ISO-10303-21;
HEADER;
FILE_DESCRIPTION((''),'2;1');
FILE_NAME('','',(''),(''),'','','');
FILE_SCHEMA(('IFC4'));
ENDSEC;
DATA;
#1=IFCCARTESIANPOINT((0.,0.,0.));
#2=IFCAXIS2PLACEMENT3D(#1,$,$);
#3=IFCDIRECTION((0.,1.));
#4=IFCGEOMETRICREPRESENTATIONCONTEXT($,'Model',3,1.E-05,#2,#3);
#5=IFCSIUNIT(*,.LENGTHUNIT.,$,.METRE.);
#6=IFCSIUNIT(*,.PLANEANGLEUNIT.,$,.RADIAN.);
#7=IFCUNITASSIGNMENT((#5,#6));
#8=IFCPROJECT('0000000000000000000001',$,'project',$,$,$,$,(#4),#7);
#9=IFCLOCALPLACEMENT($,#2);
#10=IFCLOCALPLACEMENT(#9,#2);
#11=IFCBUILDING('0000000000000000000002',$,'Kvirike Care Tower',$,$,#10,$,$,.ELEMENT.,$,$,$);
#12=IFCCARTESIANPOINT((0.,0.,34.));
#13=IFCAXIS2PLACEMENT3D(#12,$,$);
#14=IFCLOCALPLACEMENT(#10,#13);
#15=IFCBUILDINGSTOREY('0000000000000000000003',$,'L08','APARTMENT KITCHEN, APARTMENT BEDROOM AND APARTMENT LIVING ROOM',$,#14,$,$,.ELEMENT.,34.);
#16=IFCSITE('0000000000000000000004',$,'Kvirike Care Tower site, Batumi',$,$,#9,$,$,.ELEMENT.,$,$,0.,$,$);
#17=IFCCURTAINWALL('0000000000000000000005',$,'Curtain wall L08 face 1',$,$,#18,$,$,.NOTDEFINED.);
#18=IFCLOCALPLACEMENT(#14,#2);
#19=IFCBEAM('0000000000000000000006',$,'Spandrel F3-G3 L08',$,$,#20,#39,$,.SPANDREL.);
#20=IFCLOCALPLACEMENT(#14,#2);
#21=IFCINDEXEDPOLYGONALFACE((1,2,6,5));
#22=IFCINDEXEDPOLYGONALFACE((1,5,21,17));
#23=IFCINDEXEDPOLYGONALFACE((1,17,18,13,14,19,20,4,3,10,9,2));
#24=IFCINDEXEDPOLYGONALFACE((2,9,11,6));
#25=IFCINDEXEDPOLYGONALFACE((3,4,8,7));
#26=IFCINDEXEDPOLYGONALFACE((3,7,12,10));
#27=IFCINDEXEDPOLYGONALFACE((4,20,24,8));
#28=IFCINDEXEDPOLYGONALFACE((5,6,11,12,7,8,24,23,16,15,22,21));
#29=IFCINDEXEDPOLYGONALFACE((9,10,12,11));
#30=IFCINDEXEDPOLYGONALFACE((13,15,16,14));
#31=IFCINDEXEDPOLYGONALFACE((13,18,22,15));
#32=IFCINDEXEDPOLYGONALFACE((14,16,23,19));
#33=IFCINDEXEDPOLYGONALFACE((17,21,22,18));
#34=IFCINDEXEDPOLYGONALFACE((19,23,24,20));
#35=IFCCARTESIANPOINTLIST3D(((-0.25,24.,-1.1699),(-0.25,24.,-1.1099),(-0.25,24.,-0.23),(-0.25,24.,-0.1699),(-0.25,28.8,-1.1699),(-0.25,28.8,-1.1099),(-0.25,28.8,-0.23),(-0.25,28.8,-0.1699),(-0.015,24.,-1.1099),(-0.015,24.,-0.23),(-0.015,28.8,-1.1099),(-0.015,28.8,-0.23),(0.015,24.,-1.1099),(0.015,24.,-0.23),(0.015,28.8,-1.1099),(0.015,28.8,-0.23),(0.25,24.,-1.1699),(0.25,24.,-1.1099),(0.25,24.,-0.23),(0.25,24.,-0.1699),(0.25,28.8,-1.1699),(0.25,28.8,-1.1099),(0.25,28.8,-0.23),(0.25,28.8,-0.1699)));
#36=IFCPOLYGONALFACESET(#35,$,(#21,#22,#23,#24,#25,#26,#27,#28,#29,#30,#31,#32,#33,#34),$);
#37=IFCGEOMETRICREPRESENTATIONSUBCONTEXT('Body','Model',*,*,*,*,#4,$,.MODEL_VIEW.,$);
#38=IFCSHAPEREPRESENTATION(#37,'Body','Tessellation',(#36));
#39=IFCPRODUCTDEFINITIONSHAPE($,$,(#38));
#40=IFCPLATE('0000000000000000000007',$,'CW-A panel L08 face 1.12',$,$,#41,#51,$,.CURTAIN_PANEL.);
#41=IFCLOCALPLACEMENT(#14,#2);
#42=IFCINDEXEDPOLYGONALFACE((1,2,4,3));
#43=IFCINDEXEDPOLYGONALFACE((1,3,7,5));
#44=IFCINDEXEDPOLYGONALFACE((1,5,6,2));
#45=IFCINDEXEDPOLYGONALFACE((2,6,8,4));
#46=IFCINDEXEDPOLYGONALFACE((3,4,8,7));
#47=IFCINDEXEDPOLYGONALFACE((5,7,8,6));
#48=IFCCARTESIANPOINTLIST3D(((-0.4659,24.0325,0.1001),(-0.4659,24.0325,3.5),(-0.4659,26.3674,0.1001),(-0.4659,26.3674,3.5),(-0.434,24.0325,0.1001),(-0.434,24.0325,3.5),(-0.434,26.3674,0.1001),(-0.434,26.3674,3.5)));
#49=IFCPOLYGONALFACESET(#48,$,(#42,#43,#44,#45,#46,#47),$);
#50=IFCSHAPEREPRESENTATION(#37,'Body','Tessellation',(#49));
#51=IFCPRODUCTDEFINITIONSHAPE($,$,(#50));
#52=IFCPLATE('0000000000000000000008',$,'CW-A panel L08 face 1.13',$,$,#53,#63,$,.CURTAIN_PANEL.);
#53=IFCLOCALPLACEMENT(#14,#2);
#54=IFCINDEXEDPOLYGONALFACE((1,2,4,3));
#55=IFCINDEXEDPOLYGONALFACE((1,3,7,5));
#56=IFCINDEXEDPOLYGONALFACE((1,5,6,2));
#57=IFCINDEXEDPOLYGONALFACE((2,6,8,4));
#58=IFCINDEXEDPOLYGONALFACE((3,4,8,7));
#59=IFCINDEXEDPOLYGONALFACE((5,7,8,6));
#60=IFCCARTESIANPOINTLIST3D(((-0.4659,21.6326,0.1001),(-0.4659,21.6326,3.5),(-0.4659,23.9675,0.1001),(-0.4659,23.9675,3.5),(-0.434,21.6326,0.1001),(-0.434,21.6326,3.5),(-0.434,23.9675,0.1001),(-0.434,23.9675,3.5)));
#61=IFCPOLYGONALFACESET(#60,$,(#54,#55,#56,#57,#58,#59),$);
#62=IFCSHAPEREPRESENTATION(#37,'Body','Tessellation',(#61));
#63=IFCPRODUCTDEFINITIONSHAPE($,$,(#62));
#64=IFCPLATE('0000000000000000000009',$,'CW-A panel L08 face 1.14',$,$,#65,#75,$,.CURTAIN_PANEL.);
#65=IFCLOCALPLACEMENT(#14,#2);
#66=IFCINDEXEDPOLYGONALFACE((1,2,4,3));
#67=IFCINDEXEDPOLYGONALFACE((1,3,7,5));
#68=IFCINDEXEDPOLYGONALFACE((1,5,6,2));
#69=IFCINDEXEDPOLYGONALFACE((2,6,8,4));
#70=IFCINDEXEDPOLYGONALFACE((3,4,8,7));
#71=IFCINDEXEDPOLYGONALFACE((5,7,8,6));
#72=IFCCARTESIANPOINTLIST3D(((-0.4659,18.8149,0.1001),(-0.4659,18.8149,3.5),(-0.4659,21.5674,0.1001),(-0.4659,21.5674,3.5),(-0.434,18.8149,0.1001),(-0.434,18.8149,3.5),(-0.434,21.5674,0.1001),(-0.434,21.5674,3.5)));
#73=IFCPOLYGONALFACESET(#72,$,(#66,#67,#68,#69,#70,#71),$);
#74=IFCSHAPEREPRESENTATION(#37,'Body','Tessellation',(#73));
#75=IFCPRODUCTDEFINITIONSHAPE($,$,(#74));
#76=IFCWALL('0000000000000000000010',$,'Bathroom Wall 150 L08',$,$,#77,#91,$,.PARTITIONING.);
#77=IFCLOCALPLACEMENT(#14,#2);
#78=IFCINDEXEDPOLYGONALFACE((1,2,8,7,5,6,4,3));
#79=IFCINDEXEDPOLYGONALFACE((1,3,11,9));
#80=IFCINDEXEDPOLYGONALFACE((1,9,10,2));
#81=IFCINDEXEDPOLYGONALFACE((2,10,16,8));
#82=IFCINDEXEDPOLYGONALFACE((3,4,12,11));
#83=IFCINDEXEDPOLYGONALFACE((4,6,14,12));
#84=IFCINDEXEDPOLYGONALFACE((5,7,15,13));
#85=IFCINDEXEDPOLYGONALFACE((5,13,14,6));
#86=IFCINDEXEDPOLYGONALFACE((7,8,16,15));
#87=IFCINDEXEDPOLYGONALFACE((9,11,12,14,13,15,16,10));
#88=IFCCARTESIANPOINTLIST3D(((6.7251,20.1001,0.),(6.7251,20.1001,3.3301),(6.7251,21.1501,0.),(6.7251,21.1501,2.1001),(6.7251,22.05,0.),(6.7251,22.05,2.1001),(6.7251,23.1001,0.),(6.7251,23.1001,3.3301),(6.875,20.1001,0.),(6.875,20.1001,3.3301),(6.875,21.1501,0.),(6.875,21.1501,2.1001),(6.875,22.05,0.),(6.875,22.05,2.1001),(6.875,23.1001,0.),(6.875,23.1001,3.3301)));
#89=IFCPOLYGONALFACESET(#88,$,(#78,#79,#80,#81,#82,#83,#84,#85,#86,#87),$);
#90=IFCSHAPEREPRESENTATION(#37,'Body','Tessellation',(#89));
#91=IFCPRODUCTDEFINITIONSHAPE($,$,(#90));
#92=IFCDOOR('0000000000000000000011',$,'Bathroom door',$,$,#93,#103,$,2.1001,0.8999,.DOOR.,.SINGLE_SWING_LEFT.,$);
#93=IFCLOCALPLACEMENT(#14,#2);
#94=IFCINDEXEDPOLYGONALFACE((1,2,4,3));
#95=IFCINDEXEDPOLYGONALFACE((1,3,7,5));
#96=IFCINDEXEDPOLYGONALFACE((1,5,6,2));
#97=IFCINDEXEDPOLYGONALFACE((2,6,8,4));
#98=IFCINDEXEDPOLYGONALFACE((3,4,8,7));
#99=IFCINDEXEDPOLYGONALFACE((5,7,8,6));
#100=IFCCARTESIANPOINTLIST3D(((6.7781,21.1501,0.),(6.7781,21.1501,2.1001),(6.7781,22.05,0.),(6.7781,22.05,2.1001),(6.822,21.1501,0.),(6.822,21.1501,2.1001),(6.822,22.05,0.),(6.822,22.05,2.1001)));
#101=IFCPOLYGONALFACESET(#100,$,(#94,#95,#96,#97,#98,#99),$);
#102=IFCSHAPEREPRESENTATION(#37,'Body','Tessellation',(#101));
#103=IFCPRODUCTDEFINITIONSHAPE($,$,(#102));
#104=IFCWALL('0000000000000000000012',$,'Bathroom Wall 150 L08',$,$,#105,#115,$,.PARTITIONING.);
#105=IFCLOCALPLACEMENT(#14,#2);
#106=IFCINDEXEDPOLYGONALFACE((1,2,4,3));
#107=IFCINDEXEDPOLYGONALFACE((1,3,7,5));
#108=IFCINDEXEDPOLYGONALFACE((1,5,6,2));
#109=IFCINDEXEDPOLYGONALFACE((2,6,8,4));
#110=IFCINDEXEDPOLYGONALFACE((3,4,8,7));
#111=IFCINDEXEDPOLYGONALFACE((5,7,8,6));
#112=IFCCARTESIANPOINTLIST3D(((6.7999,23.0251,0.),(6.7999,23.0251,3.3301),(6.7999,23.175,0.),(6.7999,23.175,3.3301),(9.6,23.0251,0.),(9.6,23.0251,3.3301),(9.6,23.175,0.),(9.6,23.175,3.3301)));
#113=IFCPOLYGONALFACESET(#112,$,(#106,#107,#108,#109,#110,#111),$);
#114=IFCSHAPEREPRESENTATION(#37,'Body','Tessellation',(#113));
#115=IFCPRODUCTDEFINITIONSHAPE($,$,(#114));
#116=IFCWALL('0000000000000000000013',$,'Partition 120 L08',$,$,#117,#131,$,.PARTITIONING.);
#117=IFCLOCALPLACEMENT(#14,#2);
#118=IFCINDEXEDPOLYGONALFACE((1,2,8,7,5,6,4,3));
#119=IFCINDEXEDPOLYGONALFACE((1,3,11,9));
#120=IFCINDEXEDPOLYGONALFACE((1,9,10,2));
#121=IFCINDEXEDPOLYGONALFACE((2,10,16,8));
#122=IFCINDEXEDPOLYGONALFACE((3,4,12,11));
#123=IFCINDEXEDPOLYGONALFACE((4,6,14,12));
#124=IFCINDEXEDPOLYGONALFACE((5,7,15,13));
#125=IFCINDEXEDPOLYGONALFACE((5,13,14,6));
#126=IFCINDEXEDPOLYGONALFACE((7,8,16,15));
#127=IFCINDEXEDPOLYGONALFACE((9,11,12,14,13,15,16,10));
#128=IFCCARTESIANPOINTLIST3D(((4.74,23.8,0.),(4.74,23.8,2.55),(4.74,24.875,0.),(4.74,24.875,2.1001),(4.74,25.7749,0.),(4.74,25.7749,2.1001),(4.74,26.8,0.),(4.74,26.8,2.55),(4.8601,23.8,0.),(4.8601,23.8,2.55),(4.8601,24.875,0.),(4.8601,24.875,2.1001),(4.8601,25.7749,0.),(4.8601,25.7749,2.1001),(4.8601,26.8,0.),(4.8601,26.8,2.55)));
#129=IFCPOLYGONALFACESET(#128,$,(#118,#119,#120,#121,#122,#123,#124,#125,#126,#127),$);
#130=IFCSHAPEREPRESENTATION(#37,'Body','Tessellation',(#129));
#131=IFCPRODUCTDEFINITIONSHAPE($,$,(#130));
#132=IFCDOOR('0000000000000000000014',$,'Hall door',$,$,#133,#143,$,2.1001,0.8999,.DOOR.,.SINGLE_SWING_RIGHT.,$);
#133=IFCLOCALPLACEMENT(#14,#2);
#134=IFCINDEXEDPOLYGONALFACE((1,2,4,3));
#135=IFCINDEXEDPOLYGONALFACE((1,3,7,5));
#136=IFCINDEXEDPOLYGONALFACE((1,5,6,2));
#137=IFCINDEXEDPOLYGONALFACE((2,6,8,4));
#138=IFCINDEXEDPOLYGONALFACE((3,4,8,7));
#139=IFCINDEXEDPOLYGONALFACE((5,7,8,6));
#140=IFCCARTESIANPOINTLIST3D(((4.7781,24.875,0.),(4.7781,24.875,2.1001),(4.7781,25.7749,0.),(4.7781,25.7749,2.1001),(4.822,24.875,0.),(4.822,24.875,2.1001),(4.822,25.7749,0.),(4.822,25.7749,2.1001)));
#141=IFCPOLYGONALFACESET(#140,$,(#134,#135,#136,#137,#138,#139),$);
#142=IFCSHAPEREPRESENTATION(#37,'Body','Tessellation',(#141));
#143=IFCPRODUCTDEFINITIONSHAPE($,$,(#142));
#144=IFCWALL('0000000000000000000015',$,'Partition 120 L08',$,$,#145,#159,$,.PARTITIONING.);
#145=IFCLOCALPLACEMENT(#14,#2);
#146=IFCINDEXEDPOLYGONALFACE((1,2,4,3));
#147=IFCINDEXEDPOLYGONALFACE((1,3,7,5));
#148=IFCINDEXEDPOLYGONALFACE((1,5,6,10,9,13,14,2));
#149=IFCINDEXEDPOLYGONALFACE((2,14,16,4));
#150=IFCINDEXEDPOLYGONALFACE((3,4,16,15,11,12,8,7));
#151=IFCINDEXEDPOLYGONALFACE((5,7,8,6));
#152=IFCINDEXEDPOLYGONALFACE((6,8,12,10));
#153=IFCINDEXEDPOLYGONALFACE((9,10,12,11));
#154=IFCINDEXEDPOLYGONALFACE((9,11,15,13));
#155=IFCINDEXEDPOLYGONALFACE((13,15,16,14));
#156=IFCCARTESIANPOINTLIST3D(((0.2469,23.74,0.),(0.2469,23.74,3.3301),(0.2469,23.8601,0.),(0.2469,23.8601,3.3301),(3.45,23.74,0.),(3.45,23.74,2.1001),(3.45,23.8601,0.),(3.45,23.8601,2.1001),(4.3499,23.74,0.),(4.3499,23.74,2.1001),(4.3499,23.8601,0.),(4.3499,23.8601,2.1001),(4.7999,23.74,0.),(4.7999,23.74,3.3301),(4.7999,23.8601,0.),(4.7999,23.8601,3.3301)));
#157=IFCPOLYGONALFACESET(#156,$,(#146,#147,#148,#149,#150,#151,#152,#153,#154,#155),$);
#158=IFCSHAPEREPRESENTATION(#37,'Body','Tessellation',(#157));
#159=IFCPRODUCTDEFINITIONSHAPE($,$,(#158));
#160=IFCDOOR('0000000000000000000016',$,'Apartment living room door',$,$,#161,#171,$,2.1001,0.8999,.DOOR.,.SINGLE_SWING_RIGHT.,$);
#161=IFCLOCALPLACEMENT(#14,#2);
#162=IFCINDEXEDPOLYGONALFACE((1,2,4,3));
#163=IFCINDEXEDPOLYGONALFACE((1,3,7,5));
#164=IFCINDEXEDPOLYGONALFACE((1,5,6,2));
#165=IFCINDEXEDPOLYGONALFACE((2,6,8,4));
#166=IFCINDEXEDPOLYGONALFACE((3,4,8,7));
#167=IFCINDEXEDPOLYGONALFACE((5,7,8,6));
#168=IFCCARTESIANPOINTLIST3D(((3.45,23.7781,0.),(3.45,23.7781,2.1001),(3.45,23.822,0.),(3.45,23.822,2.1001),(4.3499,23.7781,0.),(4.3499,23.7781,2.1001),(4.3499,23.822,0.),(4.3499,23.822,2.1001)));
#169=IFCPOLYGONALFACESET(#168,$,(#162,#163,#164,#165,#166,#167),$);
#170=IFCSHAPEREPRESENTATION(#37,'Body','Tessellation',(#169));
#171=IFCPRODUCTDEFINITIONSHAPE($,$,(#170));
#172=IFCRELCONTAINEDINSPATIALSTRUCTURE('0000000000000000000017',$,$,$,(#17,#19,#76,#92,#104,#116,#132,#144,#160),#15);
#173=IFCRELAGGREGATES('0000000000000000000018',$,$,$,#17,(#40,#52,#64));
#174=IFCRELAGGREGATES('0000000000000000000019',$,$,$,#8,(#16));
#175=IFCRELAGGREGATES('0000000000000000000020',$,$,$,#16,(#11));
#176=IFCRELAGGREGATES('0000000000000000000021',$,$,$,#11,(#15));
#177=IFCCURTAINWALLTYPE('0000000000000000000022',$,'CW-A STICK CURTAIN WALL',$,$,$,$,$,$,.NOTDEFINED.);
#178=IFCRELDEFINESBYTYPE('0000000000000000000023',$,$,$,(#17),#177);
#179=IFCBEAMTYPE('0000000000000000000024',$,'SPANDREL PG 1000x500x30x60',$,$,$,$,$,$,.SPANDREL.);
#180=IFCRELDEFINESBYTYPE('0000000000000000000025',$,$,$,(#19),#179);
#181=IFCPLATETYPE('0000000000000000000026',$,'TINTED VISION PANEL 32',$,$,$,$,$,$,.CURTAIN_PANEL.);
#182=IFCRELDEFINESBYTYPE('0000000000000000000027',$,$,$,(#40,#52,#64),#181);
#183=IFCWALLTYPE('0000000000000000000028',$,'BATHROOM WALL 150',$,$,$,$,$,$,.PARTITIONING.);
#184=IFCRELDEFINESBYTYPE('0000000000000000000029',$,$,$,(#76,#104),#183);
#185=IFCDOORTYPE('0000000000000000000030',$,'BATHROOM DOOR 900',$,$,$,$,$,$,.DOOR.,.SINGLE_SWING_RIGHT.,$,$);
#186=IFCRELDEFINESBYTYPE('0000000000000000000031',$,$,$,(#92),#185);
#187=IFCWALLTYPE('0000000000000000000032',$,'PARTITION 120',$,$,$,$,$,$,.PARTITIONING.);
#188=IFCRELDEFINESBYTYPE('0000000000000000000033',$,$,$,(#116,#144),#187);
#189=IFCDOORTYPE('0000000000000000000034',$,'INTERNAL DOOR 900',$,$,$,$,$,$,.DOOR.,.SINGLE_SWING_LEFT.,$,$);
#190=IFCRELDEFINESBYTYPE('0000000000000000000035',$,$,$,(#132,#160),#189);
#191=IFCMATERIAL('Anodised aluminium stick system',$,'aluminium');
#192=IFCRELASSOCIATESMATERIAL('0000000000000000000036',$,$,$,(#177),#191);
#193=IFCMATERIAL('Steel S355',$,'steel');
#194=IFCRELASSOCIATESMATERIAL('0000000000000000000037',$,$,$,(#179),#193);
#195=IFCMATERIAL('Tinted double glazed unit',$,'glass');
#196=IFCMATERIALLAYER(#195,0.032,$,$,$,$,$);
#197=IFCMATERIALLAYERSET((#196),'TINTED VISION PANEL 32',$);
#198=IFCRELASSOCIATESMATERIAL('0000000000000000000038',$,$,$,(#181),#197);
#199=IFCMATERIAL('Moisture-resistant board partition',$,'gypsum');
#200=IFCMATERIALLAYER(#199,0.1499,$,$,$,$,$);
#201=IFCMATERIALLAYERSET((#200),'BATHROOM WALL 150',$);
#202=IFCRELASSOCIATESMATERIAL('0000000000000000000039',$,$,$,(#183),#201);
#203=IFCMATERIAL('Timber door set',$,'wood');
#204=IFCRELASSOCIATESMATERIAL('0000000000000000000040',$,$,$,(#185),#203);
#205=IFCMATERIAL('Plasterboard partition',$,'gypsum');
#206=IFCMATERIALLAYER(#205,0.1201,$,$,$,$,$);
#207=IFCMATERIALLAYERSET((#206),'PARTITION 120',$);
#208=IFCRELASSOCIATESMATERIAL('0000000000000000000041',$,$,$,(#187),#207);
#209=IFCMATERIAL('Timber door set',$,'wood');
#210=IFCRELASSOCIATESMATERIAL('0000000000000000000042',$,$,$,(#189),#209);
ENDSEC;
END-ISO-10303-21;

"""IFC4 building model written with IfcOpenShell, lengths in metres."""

from ifc_helpers import new_model, si_unit, direction, frame, frame_2d, origin, origin_2d, place, context, subcontext, project, spatial, rectangle, i_section, extrude, material, layer, layer_set, material_profile, profile_set, type_object, element, fill, aggregate, save


model = new_model("IFC4")

# Units and contexts
model_context = context("Model", 3, precision=1e-05, world=origin(), true_north=direction((0.0, 1.0)))
body_context = subcontext(model_context, "Body", "Model", "MODEL_VIEW")
ifc_project = project(units=[si_unit("LENGTHUNIT", "METRE"), si_unit("PLANEANGLEUNIT", "RADIAN")], contexts=[model_context])

# Site, building, storey
site_placement = place(None, origin())
site = spatial("IfcSite", under=ifc_project, at=site_placement, Name="Kvirike Care Tower site, Batumi", CompositionType="ELEMENT", RefElevation=0.0)
building_placement = place(site_placement, origin())
building = spatial("IfcBuilding", under=site, at=building_placement, Name="Kvirike Care Tower", CompositionType="ELEMENT")
storey_placement = place(building_placement, frame((0.0, 0.0, 34.0)))
storey = spatial("IfcBuildingStorey", under=building, at=storey_placement, Name="L08", Description="APARTMENT KITCHEN, APARTMENT BEDROOM AND APARTMENT LIVING ROOM", CompositionType="ELEMENT", Elevation=34.0)

# Curtain wall
ifc_material_1 = material(Name="Anodised aluminium stick system", Category="aluminium")
curtain_wall_type = type_object("IfcCurtainWallType", Name="CW-A STICK CURTAIN WALL", PredefinedType="NOTDEFINED", material=ifc_material_1)
curtain_wall_placement = place(storey_placement, origin())
curtain_wall = element("IfcCurtainWall", 1, at=curtain_wall_placement, inside=storey, type_object=curtain_wall_type, Name="Curtain wall L08 face 1", PredefinedType="NOTDEFINED")

# Beam
ifc_material_2 = material(Name="Steel S355", Category="steel")
ifc_material_profile_1 = material_profile(ifc_material_2, i_section(OverallWidth=0.5, OverallDepth=1.0, WebThickness=0.03, FlangeThickness=0.0601, at=origin_2d()), Name="PG 1000x500x30x60")
ifc_profile_set_1 = profile_set([ifc_material_profile_1], Name="Steel S355")
beam_type_1 = type_object("IfcBeamType", Name="SPANDREL PG 1000x500x30x60", PredefinedType="SPANDREL", material=ifc_profile_set_1)
beam_1_placement = place(storey_placement, frame((0.0, 24.0, -0.6699), z_axis=(0.0, 1.0, 0.0), x_axis=(-1.0, 0.0, 0.0)))
element("IfcBeam", 2, at=beam_1_placement, inside=storey, type_object=beam_type_1, Name="Spandrel F3-G3 L08", PredefinedType="SPANDREL", context=body_context, shape_type="SweptSolid", body=[
    extrude(i_section(OverallWidth=0.5, OverallDepth=1.0, WebThickness=0.03, FlangeThickness=0.0601, at=origin_2d()), origin(), (0.0, 0.0, 1.0), 4.8),
])

# Plates
ifc_material_3 = material(Name="Tinted double glazed unit", Category="glass")
ifc_layer_1 = layer(ifc_material_3, 0.032)
ifc_layer_set_1 = layer_set([ifc_layer_1], Name="TINTED VISION PANEL 32")
plate_type = type_object("IfcPlateType", Name="TINTED VISION PANEL 32", PredefinedType="CURTAIN_PANEL", material=ifc_layer_set_1)
plate_1_placement = place(storey_placement, frame((-0.45, 25.2, 0.1001), z_axis=(0.0, 0.0, 1.0), x_axis=(0.0, -1.0, 0.0)))
plate_1 = element("IfcPlate", 3, at=plate_1_placement, type_object=plate_type, Name="CW-A panel L08 face 1.12", PredefinedType="CURTAIN_PANEL", context=body_context, shape_type="SweptSolid", body=[
    extrude(rectangle(XDim=2.335, YDim=0.032, at=origin_2d()), origin(), (0.0, 0.0, 1.0), 3.3999),
])
plate_2_placement = place(storey_placement, frame((-0.45, 22.8, 0.1001), z_axis=(0.0, 0.0, 1.0), x_axis=(0.0, -1.0, 0.0)))
plate_2 = element("IfcPlate", 4, at=plate_2_placement, type_object=plate_type, Name="CW-A panel L08 face 1.13", PredefinedType="CURTAIN_PANEL", context=body_context, shape_type="SweptSolid", body=[
    extrude(rectangle(XDim=2.335, YDim=0.032, at=origin_2d()), origin(), (0.0, 0.0, 1.0), 3.3999),
])
plate_3_placement = place(storey_placement, frame((-0.45, 20.1912, 0.1001), z_axis=(0.0, 0.0, 1.0), x_axis=(0.0, -1.0, 0.0)))
plate_3 = element("IfcPlate", 5, at=plate_3_placement, type_object=plate_type, Name="CW-A panel L08 face 1.14", PredefinedType="CURTAIN_PANEL", context=body_context, shape_type="SweptSolid", body=[
    extrude(rectangle(XDim=2.7524, YDim=0.032, at=origin_2d()), origin(), (0.0, 0.0, 1.0), 3.3999),
])
aggregate(curtain_wall, [plate_1, plate_2, plate_3])

# Wall, opening, door
ifc_material_4 = material(Name="Moisture-resistant board partition", Category="gypsum")
ifc_layer_2 = layer(ifc_material_4, 0.1499)
ifc_layer_set_2 = layer_set([ifc_layer_2], Name="BATHROOM WALL 150")
wall_type_1 = type_object("IfcWallType", Name="BATHROOM WALL 150", PredefinedType="PARTITIONING", material=ifc_layer_set_2)
wall_1_placement = place(storey_placement, frame((6.8, 20.1001, 0.0), z_axis=(0.0, 0.0, 1.0), x_axis=(0.0, 1.0, 0.0)))
wall_1 = element("IfcWall", 6, at=wall_1_placement, inside=storey, type_object=wall_type_1, Name="Bathroom Wall 150 L08", PredefinedType="PARTITIONING", context=body_context, shape_type="SweptSolid", body=[
    extrude(rectangle(XDim=3.0, YDim=0.1499, at=frame_2d((1.5, 0.0))), origin(), (0.0, 0.0, 1.0), 3.3301),
])
opening_1_placement = place(wall_1_placement, frame((1.05, 0.0, 0.0)))
opening_1 = element("IfcOpeningElement", 7, at=opening_1_placement, cuts=wall_1, PredefinedType="OPENING", context=body_context, shape_type="SweptSolid", body=[
    extrude(rectangle(XDim=0.8999, YDim=2.1001, at=frame_2d((0.45, 1.05))), frame((0.0, 0.0854, 0.0), z_axis=(0.0, -1.0, 0.0), x_axis=(1.0, 0.0, 0.0)), (0.0, 0.0, 1.0), 0.1709),
])
ifc_material_5 = material(Name="Timber door set", Category="wood")
door_type_1 = type_object("IfcDoorType", Name="BATHROOM DOOR 900", OperationType="SINGLE_SWING_RIGHT", PredefinedType="DOOR", material=ifc_material_5)
door_1_placement = place(opening_1_placement, frame((0.8999, 0.0, 0.0), z_axis=(0.0, 0.0, 1.0), x_axis=(-1.0, 0.0, 0.0)))
door_1 = element("IfcDoor", 8, at=door_1_placement, inside=storey, type_object=door_type_1, Name="Bathroom door", OperationType="SINGLE_SWING_LEFT", OverallHeight=2.1001, OverallWidth=0.8999, PredefinedType="DOOR", context=body_context, shape_type="SweptSolid", body=[
    extrude(rectangle(XDim=0.8999, YDim=2.1001, at=frame_2d((0.45, 1.05))), frame((0.0, 0.022, 0.0), z_axis=(0.0, -1.0, 0.0), x_axis=(1.0, 0.0, 0.0)), (0.0, 0.0, 1.0), 0.0439),
])
fill(opening_1, door_1)

# Wall
wall_2_placement = place(storey_placement, frame((6.8, 23.1001, 0.0), z_axis=(0.0, 0.0, 1.0), x_axis=(1.0, 0.0, 0.0)))
element("IfcWall", 9, at=wall_2_placement, inside=storey, type_object=wall_type_1, Name="Bathroom Wall 150 L08", PredefinedType="PARTITIONING", context=body_context, shape_type="SweptSolid", body=[
    extrude(rectangle(XDim=2.8, YDim=0.1499, at=frame_2d((1.3999, 0.0))), origin(), (0.0, 0.0, 1.0), 3.3301),
])

# Walls, openings, doors
ifc_material_6 = material(Name="Plasterboard partition", Category="gypsum")
ifc_layer_3 = layer(ifc_material_6, 0.1201)
ifc_layer_set_3 = layer_set([ifc_layer_3], Name="PARTITION 120")
wall_type_2 = type_object("IfcWallType", Name="PARTITION 120", PredefinedType="PARTITIONING", material=ifc_layer_set_3)
wall_3_placement = place(storey_placement, frame((4.8, 23.8, 0.0), z_axis=(0.0, 0.0, 1.0), x_axis=(0.0, 1.0, 0.0)))
wall_3 = element("IfcWall", 10, at=wall_3_placement, inside=storey, type_object=wall_type_2, Name="Partition 120 L08", PredefinedType="PARTITIONING", context=body_context, shape_type="SweptSolid", body=[
    extrude(rectangle(XDim=3.0, YDim=0.1201, at=frame_2d((1.5, 0.0))), origin(), (0.0, 0.0, 1.0), 2.55),
])
opening_2_placement = place(wall_3_placement, frame((1.075, 0.0, 0.0)))
opening_2 = element("IfcOpeningElement", 11, at=opening_2_placement, cuts=wall_3, PredefinedType="OPENING", context=body_context, shape_type="SweptSolid", body=[
    extrude(rectangle(XDim=0.8999, YDim=2.1001, at=frame_2d((0.45, 1.05))), frame((0.0, 0.0706, 0.0), z_axis=(0.0, -1.0, 0.0), x_axis=(1.0, 0.0, 0.0)), (0.0, 0.0, 1.0), 0.1411),
])
ifc_material_7 = material(Name="Timber door set", Category="wood")
door_type_2 = type_object("IfcDoorType", Name="INTERNAL DOOR 900", OperationType="SINGLE_SWING_LEFT", PredefinedType="DOOR", material=ifc_material_7)
door_2_placement = place(opening_2_placement, frame((0.8999, 0.0, 0.0), z_axis=(0.0, 0.0, 1.0), x_axis=(-1.0, 0.0, 0.0)))
door_2 = element("IfcDoor", 12, at=door_2_placement, inside=storey, type_object=door_type_2, Name="Hall door", OperationType="SINGLE_SWING_RIGHT", OverallHeight=2.1001, OverallWidth=0.8999, PredefinedType="DOOR", context=body_context, shape_type="SweptSolid", body=[
    extrude(rectangle(XDim=0.8999, YDim=2.1001, at=frame_2d((0.45, 1.05))), frame((0.0, 0.022, 0.0), z_axis=(0.0, -1.0, 0.0), x_axis=(1.0, 0.0, 0.0)), (0.0, 0.0, 1.0), 0.0439),
])
fill(opening_2, door_2)
wall_4_placement = place(storey_placement, frame((0.2471, 23.8, 0.0), z_axis=(0.0, 0.0, 1.0), x_axis=(1.0, 0.0, 0.0)))
wall_4 = element("IfcWall", 13, at=wall_4_placement, inside=storey, type_object=wall_type_2, Name="Partition 120 L08", PredefinedType="PARTITIONING", context=body_context, shape_type="SweptSolid", body=[
    extrude(rectangle(XDim=4.553, YDim=0.1201, at=frame_2d((2.2764, 0.0))), origin(), (0.0, 0.0, 1.0), 3.3301),
])
opening_3_placement = place(wall_4_placement, frame((3.2029, 0.0, 0.0)))
opening_3 = element("IfcOpeningElement", 14, at=opening_3_placement, cuts=wall_4, PredefinedType="OPENING", context=body_context, shape_type="SweptSolid", body=[
    extrude(rectangle(XDim=0.8999, YDim=2.1001, at=frame_2d((0.45, 1.05))), frame((0.0, 0.0706, 0.0), z_axis=(0.0, -1.0, 0.0), x_axis=(1.0, 0.0, 0.0)), (0.0, 0.0, 1.0), 0.1411),
])
door_3_placement = place(opening_3_placement, frame((0.8999, 0.0, 0.0), z_axis=(0.0, 0.0, 1.0), x_axis=(-1.0, 0.0, 0.0)))
door_3 = element("IfcDoor", 15, at=door_3_placement, inside=storey, type_object=door_type_2, Name="Apartment living room door", OperationType="SINGLE_SWING_RIGHT", OverallHeight=2.1001, OverallWidth=0.8999, PredefinedType="DOOR", context=body_context, shape_type="SweptSolid", body=[
    extrude(rectangle(XDim=0.8999, YDim=2.1001, at=frame_2d((0.45, 1.05))), frame((0.0, 0.022, 0.0), z_axis=(0.0, -1.0, 0.0), x_axis=(1.0, 0.0, 0.0)), (0.0, 0.0, 1.0), 0.0439),
])
fill(opening_3, door_3)

save(model, "model.ifc")
